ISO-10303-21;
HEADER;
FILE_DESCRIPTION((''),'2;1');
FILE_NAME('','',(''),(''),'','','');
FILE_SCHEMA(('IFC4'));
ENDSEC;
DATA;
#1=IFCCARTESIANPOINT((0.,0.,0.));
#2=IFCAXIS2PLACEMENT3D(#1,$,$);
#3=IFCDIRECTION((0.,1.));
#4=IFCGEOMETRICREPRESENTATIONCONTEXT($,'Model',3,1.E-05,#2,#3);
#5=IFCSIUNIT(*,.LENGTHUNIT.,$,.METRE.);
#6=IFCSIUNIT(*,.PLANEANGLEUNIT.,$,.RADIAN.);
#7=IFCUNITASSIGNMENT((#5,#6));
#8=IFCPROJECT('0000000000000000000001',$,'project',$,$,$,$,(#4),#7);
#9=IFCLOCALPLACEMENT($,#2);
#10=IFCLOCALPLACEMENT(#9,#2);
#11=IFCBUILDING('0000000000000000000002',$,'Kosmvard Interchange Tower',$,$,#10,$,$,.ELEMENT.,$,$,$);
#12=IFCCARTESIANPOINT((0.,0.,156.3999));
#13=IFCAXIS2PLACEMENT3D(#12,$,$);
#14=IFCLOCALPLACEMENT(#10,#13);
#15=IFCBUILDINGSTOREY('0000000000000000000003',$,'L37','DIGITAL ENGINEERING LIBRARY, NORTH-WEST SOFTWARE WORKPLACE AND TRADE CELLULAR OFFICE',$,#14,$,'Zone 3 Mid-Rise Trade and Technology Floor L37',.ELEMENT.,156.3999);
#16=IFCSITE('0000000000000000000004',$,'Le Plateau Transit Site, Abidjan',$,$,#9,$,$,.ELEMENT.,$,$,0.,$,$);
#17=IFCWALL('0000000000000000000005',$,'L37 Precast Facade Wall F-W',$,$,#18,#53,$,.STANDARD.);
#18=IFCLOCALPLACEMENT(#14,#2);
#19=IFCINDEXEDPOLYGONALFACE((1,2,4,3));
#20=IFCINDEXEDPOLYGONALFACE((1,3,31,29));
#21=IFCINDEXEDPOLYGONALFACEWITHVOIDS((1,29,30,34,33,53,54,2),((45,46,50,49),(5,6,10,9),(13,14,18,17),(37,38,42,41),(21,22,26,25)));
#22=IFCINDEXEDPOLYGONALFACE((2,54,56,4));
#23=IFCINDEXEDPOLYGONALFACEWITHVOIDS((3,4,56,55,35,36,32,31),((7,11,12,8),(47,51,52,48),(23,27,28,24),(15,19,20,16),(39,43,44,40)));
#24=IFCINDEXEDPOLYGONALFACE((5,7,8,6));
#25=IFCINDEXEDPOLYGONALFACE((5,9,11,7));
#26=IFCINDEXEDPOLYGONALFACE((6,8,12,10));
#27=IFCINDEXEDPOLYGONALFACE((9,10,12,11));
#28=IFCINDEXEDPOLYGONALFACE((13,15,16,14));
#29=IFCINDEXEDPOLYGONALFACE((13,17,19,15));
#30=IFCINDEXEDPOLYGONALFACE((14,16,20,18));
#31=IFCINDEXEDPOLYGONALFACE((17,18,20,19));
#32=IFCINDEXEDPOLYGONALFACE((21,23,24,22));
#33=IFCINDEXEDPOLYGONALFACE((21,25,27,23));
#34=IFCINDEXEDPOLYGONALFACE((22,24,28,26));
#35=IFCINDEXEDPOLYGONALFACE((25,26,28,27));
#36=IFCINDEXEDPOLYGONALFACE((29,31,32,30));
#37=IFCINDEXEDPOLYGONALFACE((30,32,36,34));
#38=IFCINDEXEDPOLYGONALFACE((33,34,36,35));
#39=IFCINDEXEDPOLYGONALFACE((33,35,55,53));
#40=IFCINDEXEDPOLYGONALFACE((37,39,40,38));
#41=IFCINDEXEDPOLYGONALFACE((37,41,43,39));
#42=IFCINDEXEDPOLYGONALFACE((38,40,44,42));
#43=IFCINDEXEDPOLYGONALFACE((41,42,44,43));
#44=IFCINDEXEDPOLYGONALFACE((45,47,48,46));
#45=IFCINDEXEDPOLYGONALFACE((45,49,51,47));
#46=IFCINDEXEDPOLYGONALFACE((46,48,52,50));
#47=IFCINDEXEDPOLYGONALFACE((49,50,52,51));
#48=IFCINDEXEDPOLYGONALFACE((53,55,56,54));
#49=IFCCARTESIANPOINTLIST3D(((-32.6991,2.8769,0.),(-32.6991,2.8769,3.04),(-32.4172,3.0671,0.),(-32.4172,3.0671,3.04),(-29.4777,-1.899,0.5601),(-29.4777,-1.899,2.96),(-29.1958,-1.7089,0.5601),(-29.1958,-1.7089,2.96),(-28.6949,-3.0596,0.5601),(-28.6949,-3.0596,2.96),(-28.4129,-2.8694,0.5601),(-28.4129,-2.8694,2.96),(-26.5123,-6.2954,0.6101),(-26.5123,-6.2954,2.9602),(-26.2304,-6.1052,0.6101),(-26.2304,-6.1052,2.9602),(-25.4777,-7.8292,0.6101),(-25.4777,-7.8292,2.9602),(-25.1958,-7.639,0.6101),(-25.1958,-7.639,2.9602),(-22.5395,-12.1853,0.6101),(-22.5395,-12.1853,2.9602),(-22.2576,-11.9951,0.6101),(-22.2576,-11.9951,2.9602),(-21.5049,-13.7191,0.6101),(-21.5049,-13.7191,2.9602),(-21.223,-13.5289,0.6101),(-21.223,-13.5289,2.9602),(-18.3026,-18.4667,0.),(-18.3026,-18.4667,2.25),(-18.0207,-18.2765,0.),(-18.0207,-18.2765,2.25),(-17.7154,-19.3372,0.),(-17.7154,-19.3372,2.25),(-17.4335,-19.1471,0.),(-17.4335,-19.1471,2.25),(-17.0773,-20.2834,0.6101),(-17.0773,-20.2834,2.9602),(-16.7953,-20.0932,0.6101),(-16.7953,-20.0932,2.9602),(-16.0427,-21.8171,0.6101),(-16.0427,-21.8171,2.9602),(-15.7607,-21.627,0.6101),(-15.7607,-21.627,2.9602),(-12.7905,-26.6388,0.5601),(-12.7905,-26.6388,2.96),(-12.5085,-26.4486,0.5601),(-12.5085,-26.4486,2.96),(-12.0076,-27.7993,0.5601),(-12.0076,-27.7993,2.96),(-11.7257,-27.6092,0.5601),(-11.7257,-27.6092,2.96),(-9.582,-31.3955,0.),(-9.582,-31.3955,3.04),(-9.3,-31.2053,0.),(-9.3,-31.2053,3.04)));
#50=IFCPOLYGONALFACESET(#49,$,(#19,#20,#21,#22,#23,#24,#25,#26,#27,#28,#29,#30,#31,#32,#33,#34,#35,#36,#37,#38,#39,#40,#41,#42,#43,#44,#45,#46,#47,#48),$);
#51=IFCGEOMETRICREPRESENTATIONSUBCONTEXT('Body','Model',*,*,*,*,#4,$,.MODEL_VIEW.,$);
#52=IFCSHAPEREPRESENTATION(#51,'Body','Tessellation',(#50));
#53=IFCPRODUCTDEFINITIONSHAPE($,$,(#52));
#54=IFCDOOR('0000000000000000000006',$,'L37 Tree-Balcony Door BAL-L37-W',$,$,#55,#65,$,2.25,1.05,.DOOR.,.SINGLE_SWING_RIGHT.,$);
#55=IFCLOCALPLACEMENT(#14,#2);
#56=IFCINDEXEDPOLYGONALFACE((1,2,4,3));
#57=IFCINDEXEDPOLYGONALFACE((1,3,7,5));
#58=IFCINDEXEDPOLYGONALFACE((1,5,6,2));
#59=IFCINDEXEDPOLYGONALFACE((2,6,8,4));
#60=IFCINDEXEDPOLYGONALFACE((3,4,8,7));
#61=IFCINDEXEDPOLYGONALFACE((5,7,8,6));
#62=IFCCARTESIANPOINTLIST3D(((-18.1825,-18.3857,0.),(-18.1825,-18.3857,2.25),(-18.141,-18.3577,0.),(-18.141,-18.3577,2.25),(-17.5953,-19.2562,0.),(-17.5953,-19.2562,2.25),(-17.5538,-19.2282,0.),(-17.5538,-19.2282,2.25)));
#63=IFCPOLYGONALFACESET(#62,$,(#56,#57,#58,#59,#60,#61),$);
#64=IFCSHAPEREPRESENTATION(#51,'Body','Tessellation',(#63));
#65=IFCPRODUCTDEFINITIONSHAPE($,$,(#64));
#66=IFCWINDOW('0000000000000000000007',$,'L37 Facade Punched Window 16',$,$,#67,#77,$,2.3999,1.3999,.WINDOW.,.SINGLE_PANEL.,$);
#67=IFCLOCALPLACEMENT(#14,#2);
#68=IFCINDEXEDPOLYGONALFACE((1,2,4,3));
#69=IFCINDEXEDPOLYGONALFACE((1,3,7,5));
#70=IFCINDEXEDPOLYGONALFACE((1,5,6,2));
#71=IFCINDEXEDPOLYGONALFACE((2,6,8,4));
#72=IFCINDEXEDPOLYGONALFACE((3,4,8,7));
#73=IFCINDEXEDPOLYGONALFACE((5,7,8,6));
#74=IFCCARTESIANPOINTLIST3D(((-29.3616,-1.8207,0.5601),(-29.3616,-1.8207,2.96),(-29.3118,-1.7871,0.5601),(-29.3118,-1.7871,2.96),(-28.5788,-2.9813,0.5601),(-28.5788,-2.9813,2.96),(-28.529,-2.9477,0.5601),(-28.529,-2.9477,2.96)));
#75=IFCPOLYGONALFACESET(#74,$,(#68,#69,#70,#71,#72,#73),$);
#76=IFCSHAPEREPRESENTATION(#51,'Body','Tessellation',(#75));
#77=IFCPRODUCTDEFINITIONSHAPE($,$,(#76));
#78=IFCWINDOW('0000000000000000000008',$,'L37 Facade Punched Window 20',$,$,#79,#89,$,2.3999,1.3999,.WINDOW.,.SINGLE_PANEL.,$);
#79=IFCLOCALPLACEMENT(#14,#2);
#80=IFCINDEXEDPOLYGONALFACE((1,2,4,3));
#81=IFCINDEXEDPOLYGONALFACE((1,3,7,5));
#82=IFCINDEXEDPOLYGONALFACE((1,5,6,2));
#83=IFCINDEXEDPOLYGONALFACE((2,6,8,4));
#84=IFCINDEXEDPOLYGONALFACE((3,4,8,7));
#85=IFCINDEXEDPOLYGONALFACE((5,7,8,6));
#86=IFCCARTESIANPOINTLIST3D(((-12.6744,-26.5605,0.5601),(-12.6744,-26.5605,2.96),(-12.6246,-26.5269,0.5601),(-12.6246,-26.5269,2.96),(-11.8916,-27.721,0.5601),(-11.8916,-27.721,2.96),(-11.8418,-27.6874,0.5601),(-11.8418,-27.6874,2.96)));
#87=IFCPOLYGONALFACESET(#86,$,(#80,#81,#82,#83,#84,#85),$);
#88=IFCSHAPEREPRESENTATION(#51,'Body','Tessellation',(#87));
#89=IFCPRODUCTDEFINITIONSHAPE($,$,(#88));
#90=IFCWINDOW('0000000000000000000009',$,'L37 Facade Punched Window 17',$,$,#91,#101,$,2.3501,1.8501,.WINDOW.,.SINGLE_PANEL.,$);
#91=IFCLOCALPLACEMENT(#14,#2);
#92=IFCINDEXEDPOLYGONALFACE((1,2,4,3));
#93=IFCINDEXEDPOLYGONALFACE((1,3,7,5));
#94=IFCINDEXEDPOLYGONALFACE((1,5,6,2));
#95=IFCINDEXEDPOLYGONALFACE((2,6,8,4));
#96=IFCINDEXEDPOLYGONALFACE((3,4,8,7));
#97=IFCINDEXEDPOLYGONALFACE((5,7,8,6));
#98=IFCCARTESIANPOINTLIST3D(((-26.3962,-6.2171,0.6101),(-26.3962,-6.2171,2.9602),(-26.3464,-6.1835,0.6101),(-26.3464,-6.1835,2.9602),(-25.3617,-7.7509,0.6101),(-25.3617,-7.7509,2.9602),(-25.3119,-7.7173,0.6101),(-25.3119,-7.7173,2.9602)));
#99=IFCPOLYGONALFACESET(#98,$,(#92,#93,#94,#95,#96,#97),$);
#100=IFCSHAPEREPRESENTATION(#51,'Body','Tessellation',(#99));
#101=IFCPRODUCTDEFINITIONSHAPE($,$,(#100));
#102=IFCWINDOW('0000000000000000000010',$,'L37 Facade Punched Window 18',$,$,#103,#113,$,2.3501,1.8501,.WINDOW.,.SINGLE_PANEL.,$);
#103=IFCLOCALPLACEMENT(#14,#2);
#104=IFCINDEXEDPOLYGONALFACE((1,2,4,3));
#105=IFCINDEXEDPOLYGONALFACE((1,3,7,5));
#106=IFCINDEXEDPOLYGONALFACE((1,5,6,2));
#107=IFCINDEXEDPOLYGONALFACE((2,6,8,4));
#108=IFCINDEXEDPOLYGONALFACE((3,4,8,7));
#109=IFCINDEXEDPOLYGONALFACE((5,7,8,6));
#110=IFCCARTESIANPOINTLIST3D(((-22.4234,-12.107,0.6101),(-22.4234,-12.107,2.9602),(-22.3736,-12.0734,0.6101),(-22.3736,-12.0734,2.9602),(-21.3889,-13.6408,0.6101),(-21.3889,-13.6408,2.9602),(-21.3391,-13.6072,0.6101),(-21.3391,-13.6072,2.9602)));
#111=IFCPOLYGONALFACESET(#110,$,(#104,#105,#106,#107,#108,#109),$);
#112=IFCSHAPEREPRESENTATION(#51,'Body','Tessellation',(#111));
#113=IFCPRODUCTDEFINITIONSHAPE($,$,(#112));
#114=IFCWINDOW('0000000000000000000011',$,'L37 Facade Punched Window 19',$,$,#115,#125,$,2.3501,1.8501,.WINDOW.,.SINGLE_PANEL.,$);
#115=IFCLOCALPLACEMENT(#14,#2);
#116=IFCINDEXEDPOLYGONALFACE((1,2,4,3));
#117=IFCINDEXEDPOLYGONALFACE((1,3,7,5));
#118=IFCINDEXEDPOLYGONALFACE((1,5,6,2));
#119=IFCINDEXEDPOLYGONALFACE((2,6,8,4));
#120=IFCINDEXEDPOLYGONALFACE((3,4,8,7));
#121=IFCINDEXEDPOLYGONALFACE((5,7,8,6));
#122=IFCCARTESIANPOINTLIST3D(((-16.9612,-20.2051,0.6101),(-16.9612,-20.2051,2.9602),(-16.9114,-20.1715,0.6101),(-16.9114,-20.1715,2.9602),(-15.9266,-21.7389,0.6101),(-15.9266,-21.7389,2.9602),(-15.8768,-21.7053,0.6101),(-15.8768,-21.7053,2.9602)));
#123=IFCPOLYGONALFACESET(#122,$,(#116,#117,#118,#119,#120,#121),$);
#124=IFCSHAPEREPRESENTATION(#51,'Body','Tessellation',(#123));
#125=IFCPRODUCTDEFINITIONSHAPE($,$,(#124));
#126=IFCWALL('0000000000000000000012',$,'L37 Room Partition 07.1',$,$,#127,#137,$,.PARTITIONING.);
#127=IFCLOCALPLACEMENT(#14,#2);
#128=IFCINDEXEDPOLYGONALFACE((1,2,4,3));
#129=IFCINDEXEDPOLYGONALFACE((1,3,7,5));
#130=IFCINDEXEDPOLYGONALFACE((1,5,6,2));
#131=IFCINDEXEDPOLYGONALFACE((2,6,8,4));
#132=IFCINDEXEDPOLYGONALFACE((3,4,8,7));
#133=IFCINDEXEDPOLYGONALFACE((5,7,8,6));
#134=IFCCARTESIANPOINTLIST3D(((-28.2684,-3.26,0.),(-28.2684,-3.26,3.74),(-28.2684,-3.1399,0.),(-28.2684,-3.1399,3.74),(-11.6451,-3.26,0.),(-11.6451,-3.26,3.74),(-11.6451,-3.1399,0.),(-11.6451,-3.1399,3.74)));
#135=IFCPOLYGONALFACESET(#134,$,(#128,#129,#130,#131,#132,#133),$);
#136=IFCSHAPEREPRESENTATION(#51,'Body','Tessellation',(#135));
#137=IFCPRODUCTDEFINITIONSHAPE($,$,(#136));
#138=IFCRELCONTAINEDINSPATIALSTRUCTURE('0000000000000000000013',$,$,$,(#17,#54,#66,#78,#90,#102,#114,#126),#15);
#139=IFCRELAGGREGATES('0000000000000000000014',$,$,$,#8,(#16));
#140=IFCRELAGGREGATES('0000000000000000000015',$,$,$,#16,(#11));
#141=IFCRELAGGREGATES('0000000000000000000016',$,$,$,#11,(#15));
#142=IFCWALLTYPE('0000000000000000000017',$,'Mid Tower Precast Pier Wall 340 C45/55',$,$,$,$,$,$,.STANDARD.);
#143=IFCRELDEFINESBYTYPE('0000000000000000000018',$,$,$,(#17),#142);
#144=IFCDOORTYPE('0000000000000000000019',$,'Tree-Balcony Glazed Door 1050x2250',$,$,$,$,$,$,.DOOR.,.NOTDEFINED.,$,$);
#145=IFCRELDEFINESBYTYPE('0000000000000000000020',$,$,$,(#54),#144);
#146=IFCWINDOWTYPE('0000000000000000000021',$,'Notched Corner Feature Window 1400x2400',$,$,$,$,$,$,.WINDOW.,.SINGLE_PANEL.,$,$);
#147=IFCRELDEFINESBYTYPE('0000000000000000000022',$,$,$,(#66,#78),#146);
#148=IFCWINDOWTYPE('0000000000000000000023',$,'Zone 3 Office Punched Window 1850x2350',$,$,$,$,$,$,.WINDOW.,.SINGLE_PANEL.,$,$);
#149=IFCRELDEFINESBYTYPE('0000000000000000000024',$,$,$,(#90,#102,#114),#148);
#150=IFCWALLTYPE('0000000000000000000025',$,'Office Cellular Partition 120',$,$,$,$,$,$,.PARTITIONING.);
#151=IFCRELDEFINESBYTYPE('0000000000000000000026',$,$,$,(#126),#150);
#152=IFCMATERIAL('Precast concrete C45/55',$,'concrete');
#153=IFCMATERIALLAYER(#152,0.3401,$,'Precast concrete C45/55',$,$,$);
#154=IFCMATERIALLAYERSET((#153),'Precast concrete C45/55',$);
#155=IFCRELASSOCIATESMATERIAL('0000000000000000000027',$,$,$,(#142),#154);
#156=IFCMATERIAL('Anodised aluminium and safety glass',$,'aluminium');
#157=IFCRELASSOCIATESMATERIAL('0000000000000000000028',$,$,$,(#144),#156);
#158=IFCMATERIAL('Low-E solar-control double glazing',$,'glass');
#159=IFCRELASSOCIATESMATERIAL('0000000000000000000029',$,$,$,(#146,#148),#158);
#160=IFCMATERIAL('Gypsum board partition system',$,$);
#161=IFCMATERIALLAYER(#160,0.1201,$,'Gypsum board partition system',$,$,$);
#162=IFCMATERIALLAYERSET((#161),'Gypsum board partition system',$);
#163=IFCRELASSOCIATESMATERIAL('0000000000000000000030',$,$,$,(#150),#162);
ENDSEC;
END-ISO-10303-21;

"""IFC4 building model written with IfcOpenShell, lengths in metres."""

from ifc_helpers import new_model, si_unit, direction, frame, frame_2d, origin, place, context, subcontext, project, spatial, rectangle, extrude, source, transform, mapped, material, layer, layer_set, type_object, element, fill, save


model = new_model("IFC4")

# Units and contexts
model_context = context("Model", 3, precision=1e-05, world=origin(), true_north=direction((0.0, 1.0)))
body_context = subcontext(model_context, "Body", "Model", "MODEL_VIEW")
ifc_project = project(units=[si_unit("LENGTHUNIT", "METRE"), si_unit("PLANEANGLEUNIT", "RADIAN")], contexts=[model_context])

# Site, building, storey
site_placement = place(None, origin())
site = spatial("IfcSite", under=ifc_project, at=site_placement, Name="Le Plateau Transit Site, Abidjan", CompositionType="ELEMENT", RefElevation=0.0)
building_placement = place(site_placement, origin())
building = spatial("IfcBuilding", under=site, at=building_placement, Name="Kosmvard Interchange Tower", CompositionType="ELEMENT")
storey_placement = place(building_placement, frame((0.0, 0.0, 156.3999)))
storey = spatial("IfcBuildingStorey", under=building, at=storey_placement, Name="L37", Description="DIGITAL ENGINEERING LIBRARY, NORTH-WEST SOFTWARE WORKPLACE AND TRADE CELLULAR OFFICE", LongName="Zone 3 Mid-Rise Trade and Technology Floor L37", CompositionType="ELEMENT", Elevation=156.3999)

# Wall, openings, door, windows
ifc_material_1 = material(Name="Precast concrete C45/55", Category="concrete")
ifc_layer_1 = layer(ifc_material_1, 0.3401, Name="Precast concrete C45/55")
ifc_layer_set_1 = layer_set([ifc_layer_1], Name="Precast concrete C45/55")
wall_type_1 = type_object("IfcWallType", Name="Mid Tower Precast Pier Wall 340 C45/55", PredefinedType="STANDARD", material=ifc_layer_set_1)
wall_1_placement = place(storey_placement, frame((-32.5581, 2.9719, 0.0), z_axis=(0.0, 0.0, 1.0), x_axis=(0.559195, -0.829036, 0.0)))
wall_1 = element("IfcWall", 1, at=wall_1_placement, inside=storey, type_object=wall_type_1, Name="L37 Precast Facade Wall F-W", PredefinedType="STANDARD", context=body_context, shape_type="SweptSolid", body=[
    extrude(rectangle(XDim=41.3401, YDim=0.3401, at=frame_2d((20.6699, 0.0))), origin(), (0.0, 0.0, 1.0), 3.04),
])
opening_1_placement = place(wall_1_placement, frame((25.7451, 0.0, 0.0)))
opening_1 = element("IfcOpeningElement", 2, at=opening_1_placement, cuts=wall_1, PredefinedType="OPENING", context=body_context, shape_type="SweptSolid", body=[
    extrude(rectangle(XDim=1.05, YDim=2.25, at=frame_2d((0.5249, 1.125))), frame((0.0, 0.1802, 0.0), z_axis=(0.0, -1.0, 0.0), x_axis=(1.0, 0.0, 0.0)), (0.0, 0.0, 1.0), 0.3601),
])
opening_2_placement = place(wall_1_placement, frame((5.7607, 0.0, 0.5601)))
opening_2 = element("IfcOpeningElement", 3, at=opening_2_placement, cuts=wall_1, PredefinedType="OPENING", context=body_context, shape_type="SweptSolid", body=[
    extrude(rectangle(XDim=1.3999, YDim=2.3999, at=frame_2d((0.7, 1.2))), frame((0.0, 0.1802, 0.0), z_axis=(0.0, -1.0, 0.0), x_axis=(1.0, 0.0, 0.0)), (0.0, 0.0, 1.0), 0.3601),
])
opening_3_placement = place(wall_1_placement, frame((11.0637, 0.0, 0.6101)))
opening_3 = element("IfcOpeningElement", 4, at=opening_3_placement, cuts=wall_1, PredefinedType="OPENING", context=body_context, shape_type="SweptSolid", body=[
    extrude(rectangle(XDim=1.8501, YDim=2.3501, at=frame_2d((0.925, 1.175))), frame((0.0, 0.1802, 0.0), z_axis=(0.0, -1.0, 0.0), x_axis=(1.0, 0.0, 0.0)), (0.0, 0.0, 1.0), 0.3601),
])
opening_4_placement = place(wall_1_placement, frame((18.1682, 0.0, 0.6101)))
opening_4 = element("IfcOpeningElement", 5, at=opening_4_placement, cuts=wall_1, PredefinedType="OPENING", context=body_context, shape_type="SweptSolid", body=[
    extrude(rectangle(XDim=1.8501, YDim=2.3501, at=frame_2d((0.925, 1.175))), frame((0.0, 0.1802, 0.0), z_axis=(0.0, -1.0, 0.0), x_axis=(1.0, 0.0, 0.0)), (0.0, 0.0, 1.0), 0.3601),
])
opening_5_placement = place(wall_1_placement, frame((27.9363, 0.0, 0.6101)))
opening_5 = element("IfcOpeningElement", 6, at=opening_5_placement, cuts=wall_1, PredefinedType="OPENING", context=body_context, shape_type="SweptSolid", body=[
    extrude(rectangle(XDim=1.8501, YDim=2.3501, at=frame_2d((0.925, 1.175))), frame((0.0, 0.1802, 0.0), z_axis=(0.0, -1.0, 0.0), x_axis=(1.0, 0.0, 0.0)), (0.0, 0.0, 1.0), 0.3601),
])
opening_6_placement = place(wall_1_placement, frame((35.6023, 0.0, 0.5601)))
opening_6 = element("IfcOpeningElement", 7, at=opening_6_placement, cuts=wall_1, PredefinedType="OPENING", context=body_context, shape_type="SweptSolid", body=[
    extrude(rectangle(XDim=1.3999, YDim=2.3999, at=frame_2d((0.7, 1.2))), frame((0.0, 0.1802, 0.0), z_axis=(0.0, -1.0, 0.0), x_axis=(1.0, 0.0, 0.0)), (0.0, 0.0, 1.0), 0.3601),
])
ifc_material_2 = material(Name="Anodised aluminium and safety glass", Category="aluminium")
door_type_1 = type_object("IfcDoorType", Name="Tree-Balcony Glazed Door 1050x2250", OperationType="NOTDEFINED", PredefinedType="DOOR", material=ifc_material_2)
shared_shape_1 = source(origin(), body_context, "Body", "SweptSolid", [
    extrude(rectangle(XDim=1.05, YDim=2.25, at=frame_2d((0.5249, 1.125))), frame((0.0, 0.0249, 0.0), z_axis=(0.0, -1.0, 0.0), x_axis=(1.0, 0.0, 0.0)), (0.0, 0.0, 1.0), 0.05),
])
door_1_placement = place(opening_1_placement, origin())
door_1 = element("IfcDoor", 8, at=door_1_placement, inside=storey, type_object=door_type_1, Name="L37 Tree-Balcony Door BAL-L37-W", OperationType="SINGLE_SWING_RIGHT", OverallHeight=2.25, OverallWidth=1.05, PredefinedType="DOOR", context=body_context, shape_type="MappedRepresentation", body=[
    mapped(shared_shape_1, transform((0.0, 0.0, 0.0), scale=1.0)),
])
fill(opening_1, door_1)
ifc_material_3 = material(Name="Low-E solar-control double glazing", Category="glass")
window_type_1 = type_object("IfcWindowType", Name="Notched Corner Feature Window 1400x2400", PartitioningType="SINGLE_PANEL", PredefinedType="WINDOW", material=ifc_material_3)
shared_shape_2 = source(origin(), body_context, "Body", "SweptSolid", [
    extrude(rectangle(XDim=1.3999, YDim=2.3999, at=frame_2d((0.7, 1.2))), frame((0.0, 0.03, 0.0), z_axis=(0.0, -1.0, 0.0), x_axis=(1.0, 0.0, 0.0)), (0.0, 0.0, 1.0), 0.0601),
])
window_1_placement = place(opening_2_placement, origin())
window_1 = element("IfcWindow", 9, at=window_1_placement, inside=storey, type_object=window_type_1, Name="L37 Facade Punched Window 16", OverallHeight=2.3999, OverallWidth=1.3999, PartitioningType="SINGLE_PANEL", PredefinedType="WINDOW", context=body_context, shape_type="MappedRepresentation", body=[
    mapped(shared_shape_2, transform((0.0, 0.0, 0.0), scale=1.0)),
])
fill(opening_2, window_1)
window_2_placement = place(opening_6_placement, origin())
window_2 = element("IfcWindow", 10, at=window_2_placement, inside=storey, type_object=window_type_1, Name="L37 Facade Punched Window 20", OverallHeight=2.3999, OverallWidth=1.3999, PartitioningType="SINGLE_PANEL", PredefinedType="WINDOW", context=body_context, shape_type="MappedRepresentation", body=[
    mapped(shared_shape_2, transform((0.0, 0.0, 0.0), scale=1.0)),
])
fill(opening_6, window_2)
window_type_2 = type_object("IfcWindowType", Name="Zone 3 Office Punched Window 1850x2350", PartitioningType="SINGLE_PANEL", PredefinedType="WINDOW", material=ifc_material_3)
shared_shape_3 = source(origin(), body_context, "Body", "SweptSolid", [
    extrude(rectangle(XDim=1.8501, YDim=2.3501, at=frame_2d((0.925, 1.175))), frame((0.0, 0.03, 0.0), z_axis=(0.0, -1.0, 0.0), x_axis=(1.0, 0.0, 0.0)), (0.0, 0.0, 1.0), 0.0601),
])
window_3_placement = place(opening_3_placement, origin())
window_3 = element("IfcWindow", 11, at=window_3_placement, inside=storey, type_object=window_type_2, Name="L37 Facade Punched Window 17", OverallHeight=2.3501, OverallWidth=1.8501, PartitioningType="SINGLE_PANEL", PredefinedType="WINDOW", context=body_context, shape_type="MappedRepresentation", body=[
    mapped(shared_shape_3, transform((0.0, 0.0, 0.0), scale=1.0)),
])
fill(opening_3, window_3)
window_4_placement = place(opening_4_placement, origin())
window_4 = element("IfcWindow", 12, at=window_4_placement, inside=storey, type_object=window_type_2, Name="L37 Facade Punched Window 18", OverallHeight=2.3501, OverallWidth=1.8501, PartitioningType="SINGLE_PANEL", PredefinedType="WINDOW", context=body_context, shape_type="MappedRepresentation", body=[
    mapped(shared_shape_3, transform((0.0, 0.0, 0.0), scale=1.0)),
])
fill(opening_4, window_4)
window_5_placement = place(opening_5_placement, origin())
window_5 = element("IfcWindow", 13, at=window_5_placement, inside=storey, type_object=window_type_2, Name="L37 Facade Punched Window 19", OverallHeight=2.3501, OverallWidth=1.8501, PartitioningType="SINGLE_PANEL", PredefinedType="WINDOW", context=body_context, shape_type="MappedRepresentation", body=[
    mapped(shared_shape_3, transform((0.0, 0.0, 0.0), scale=1.0)),
])
fill(opening_5, window_5)

# Wall
ifc_material_4 = material(Name="Gypsum board partition system")
ifc_layer_2 = layer(ifc_material_4, 0.1201, Name="Gypsum board partition system")
ifc_layer_set_2 = layer_set([ifc_layer_2], Name="Gypsum board partition system")
wall_type_2 = type_object("IfcWallType", Name="Office Cellular Partition 120", PredefinedType="PARTITIONING", material=ifc_layer_set_2)
wall_2_placement = place(storey_placement, frame((-28.2683, -3.2, 0.0), z_axis=(0.0, 0.0, 1.0), x_axis=(1.0, 0.0, 0.0)))
element("IfcWall", 14, at=wall_2_placement, inside=storey, type_object=wall_type_2, Name="L37 Room Partition 07.1", PredefinedType="PARTITIONING", context=body_context, shape_type="SweptSolid", body=[
    extrude(rectangle(XDim=16.6233, YDim=0.1201, at=frame_2d((8.3115, 0.0))), origin(), (0.0, 0.0, 1.0), 3.74),
])

save(model, "model.ifc")
